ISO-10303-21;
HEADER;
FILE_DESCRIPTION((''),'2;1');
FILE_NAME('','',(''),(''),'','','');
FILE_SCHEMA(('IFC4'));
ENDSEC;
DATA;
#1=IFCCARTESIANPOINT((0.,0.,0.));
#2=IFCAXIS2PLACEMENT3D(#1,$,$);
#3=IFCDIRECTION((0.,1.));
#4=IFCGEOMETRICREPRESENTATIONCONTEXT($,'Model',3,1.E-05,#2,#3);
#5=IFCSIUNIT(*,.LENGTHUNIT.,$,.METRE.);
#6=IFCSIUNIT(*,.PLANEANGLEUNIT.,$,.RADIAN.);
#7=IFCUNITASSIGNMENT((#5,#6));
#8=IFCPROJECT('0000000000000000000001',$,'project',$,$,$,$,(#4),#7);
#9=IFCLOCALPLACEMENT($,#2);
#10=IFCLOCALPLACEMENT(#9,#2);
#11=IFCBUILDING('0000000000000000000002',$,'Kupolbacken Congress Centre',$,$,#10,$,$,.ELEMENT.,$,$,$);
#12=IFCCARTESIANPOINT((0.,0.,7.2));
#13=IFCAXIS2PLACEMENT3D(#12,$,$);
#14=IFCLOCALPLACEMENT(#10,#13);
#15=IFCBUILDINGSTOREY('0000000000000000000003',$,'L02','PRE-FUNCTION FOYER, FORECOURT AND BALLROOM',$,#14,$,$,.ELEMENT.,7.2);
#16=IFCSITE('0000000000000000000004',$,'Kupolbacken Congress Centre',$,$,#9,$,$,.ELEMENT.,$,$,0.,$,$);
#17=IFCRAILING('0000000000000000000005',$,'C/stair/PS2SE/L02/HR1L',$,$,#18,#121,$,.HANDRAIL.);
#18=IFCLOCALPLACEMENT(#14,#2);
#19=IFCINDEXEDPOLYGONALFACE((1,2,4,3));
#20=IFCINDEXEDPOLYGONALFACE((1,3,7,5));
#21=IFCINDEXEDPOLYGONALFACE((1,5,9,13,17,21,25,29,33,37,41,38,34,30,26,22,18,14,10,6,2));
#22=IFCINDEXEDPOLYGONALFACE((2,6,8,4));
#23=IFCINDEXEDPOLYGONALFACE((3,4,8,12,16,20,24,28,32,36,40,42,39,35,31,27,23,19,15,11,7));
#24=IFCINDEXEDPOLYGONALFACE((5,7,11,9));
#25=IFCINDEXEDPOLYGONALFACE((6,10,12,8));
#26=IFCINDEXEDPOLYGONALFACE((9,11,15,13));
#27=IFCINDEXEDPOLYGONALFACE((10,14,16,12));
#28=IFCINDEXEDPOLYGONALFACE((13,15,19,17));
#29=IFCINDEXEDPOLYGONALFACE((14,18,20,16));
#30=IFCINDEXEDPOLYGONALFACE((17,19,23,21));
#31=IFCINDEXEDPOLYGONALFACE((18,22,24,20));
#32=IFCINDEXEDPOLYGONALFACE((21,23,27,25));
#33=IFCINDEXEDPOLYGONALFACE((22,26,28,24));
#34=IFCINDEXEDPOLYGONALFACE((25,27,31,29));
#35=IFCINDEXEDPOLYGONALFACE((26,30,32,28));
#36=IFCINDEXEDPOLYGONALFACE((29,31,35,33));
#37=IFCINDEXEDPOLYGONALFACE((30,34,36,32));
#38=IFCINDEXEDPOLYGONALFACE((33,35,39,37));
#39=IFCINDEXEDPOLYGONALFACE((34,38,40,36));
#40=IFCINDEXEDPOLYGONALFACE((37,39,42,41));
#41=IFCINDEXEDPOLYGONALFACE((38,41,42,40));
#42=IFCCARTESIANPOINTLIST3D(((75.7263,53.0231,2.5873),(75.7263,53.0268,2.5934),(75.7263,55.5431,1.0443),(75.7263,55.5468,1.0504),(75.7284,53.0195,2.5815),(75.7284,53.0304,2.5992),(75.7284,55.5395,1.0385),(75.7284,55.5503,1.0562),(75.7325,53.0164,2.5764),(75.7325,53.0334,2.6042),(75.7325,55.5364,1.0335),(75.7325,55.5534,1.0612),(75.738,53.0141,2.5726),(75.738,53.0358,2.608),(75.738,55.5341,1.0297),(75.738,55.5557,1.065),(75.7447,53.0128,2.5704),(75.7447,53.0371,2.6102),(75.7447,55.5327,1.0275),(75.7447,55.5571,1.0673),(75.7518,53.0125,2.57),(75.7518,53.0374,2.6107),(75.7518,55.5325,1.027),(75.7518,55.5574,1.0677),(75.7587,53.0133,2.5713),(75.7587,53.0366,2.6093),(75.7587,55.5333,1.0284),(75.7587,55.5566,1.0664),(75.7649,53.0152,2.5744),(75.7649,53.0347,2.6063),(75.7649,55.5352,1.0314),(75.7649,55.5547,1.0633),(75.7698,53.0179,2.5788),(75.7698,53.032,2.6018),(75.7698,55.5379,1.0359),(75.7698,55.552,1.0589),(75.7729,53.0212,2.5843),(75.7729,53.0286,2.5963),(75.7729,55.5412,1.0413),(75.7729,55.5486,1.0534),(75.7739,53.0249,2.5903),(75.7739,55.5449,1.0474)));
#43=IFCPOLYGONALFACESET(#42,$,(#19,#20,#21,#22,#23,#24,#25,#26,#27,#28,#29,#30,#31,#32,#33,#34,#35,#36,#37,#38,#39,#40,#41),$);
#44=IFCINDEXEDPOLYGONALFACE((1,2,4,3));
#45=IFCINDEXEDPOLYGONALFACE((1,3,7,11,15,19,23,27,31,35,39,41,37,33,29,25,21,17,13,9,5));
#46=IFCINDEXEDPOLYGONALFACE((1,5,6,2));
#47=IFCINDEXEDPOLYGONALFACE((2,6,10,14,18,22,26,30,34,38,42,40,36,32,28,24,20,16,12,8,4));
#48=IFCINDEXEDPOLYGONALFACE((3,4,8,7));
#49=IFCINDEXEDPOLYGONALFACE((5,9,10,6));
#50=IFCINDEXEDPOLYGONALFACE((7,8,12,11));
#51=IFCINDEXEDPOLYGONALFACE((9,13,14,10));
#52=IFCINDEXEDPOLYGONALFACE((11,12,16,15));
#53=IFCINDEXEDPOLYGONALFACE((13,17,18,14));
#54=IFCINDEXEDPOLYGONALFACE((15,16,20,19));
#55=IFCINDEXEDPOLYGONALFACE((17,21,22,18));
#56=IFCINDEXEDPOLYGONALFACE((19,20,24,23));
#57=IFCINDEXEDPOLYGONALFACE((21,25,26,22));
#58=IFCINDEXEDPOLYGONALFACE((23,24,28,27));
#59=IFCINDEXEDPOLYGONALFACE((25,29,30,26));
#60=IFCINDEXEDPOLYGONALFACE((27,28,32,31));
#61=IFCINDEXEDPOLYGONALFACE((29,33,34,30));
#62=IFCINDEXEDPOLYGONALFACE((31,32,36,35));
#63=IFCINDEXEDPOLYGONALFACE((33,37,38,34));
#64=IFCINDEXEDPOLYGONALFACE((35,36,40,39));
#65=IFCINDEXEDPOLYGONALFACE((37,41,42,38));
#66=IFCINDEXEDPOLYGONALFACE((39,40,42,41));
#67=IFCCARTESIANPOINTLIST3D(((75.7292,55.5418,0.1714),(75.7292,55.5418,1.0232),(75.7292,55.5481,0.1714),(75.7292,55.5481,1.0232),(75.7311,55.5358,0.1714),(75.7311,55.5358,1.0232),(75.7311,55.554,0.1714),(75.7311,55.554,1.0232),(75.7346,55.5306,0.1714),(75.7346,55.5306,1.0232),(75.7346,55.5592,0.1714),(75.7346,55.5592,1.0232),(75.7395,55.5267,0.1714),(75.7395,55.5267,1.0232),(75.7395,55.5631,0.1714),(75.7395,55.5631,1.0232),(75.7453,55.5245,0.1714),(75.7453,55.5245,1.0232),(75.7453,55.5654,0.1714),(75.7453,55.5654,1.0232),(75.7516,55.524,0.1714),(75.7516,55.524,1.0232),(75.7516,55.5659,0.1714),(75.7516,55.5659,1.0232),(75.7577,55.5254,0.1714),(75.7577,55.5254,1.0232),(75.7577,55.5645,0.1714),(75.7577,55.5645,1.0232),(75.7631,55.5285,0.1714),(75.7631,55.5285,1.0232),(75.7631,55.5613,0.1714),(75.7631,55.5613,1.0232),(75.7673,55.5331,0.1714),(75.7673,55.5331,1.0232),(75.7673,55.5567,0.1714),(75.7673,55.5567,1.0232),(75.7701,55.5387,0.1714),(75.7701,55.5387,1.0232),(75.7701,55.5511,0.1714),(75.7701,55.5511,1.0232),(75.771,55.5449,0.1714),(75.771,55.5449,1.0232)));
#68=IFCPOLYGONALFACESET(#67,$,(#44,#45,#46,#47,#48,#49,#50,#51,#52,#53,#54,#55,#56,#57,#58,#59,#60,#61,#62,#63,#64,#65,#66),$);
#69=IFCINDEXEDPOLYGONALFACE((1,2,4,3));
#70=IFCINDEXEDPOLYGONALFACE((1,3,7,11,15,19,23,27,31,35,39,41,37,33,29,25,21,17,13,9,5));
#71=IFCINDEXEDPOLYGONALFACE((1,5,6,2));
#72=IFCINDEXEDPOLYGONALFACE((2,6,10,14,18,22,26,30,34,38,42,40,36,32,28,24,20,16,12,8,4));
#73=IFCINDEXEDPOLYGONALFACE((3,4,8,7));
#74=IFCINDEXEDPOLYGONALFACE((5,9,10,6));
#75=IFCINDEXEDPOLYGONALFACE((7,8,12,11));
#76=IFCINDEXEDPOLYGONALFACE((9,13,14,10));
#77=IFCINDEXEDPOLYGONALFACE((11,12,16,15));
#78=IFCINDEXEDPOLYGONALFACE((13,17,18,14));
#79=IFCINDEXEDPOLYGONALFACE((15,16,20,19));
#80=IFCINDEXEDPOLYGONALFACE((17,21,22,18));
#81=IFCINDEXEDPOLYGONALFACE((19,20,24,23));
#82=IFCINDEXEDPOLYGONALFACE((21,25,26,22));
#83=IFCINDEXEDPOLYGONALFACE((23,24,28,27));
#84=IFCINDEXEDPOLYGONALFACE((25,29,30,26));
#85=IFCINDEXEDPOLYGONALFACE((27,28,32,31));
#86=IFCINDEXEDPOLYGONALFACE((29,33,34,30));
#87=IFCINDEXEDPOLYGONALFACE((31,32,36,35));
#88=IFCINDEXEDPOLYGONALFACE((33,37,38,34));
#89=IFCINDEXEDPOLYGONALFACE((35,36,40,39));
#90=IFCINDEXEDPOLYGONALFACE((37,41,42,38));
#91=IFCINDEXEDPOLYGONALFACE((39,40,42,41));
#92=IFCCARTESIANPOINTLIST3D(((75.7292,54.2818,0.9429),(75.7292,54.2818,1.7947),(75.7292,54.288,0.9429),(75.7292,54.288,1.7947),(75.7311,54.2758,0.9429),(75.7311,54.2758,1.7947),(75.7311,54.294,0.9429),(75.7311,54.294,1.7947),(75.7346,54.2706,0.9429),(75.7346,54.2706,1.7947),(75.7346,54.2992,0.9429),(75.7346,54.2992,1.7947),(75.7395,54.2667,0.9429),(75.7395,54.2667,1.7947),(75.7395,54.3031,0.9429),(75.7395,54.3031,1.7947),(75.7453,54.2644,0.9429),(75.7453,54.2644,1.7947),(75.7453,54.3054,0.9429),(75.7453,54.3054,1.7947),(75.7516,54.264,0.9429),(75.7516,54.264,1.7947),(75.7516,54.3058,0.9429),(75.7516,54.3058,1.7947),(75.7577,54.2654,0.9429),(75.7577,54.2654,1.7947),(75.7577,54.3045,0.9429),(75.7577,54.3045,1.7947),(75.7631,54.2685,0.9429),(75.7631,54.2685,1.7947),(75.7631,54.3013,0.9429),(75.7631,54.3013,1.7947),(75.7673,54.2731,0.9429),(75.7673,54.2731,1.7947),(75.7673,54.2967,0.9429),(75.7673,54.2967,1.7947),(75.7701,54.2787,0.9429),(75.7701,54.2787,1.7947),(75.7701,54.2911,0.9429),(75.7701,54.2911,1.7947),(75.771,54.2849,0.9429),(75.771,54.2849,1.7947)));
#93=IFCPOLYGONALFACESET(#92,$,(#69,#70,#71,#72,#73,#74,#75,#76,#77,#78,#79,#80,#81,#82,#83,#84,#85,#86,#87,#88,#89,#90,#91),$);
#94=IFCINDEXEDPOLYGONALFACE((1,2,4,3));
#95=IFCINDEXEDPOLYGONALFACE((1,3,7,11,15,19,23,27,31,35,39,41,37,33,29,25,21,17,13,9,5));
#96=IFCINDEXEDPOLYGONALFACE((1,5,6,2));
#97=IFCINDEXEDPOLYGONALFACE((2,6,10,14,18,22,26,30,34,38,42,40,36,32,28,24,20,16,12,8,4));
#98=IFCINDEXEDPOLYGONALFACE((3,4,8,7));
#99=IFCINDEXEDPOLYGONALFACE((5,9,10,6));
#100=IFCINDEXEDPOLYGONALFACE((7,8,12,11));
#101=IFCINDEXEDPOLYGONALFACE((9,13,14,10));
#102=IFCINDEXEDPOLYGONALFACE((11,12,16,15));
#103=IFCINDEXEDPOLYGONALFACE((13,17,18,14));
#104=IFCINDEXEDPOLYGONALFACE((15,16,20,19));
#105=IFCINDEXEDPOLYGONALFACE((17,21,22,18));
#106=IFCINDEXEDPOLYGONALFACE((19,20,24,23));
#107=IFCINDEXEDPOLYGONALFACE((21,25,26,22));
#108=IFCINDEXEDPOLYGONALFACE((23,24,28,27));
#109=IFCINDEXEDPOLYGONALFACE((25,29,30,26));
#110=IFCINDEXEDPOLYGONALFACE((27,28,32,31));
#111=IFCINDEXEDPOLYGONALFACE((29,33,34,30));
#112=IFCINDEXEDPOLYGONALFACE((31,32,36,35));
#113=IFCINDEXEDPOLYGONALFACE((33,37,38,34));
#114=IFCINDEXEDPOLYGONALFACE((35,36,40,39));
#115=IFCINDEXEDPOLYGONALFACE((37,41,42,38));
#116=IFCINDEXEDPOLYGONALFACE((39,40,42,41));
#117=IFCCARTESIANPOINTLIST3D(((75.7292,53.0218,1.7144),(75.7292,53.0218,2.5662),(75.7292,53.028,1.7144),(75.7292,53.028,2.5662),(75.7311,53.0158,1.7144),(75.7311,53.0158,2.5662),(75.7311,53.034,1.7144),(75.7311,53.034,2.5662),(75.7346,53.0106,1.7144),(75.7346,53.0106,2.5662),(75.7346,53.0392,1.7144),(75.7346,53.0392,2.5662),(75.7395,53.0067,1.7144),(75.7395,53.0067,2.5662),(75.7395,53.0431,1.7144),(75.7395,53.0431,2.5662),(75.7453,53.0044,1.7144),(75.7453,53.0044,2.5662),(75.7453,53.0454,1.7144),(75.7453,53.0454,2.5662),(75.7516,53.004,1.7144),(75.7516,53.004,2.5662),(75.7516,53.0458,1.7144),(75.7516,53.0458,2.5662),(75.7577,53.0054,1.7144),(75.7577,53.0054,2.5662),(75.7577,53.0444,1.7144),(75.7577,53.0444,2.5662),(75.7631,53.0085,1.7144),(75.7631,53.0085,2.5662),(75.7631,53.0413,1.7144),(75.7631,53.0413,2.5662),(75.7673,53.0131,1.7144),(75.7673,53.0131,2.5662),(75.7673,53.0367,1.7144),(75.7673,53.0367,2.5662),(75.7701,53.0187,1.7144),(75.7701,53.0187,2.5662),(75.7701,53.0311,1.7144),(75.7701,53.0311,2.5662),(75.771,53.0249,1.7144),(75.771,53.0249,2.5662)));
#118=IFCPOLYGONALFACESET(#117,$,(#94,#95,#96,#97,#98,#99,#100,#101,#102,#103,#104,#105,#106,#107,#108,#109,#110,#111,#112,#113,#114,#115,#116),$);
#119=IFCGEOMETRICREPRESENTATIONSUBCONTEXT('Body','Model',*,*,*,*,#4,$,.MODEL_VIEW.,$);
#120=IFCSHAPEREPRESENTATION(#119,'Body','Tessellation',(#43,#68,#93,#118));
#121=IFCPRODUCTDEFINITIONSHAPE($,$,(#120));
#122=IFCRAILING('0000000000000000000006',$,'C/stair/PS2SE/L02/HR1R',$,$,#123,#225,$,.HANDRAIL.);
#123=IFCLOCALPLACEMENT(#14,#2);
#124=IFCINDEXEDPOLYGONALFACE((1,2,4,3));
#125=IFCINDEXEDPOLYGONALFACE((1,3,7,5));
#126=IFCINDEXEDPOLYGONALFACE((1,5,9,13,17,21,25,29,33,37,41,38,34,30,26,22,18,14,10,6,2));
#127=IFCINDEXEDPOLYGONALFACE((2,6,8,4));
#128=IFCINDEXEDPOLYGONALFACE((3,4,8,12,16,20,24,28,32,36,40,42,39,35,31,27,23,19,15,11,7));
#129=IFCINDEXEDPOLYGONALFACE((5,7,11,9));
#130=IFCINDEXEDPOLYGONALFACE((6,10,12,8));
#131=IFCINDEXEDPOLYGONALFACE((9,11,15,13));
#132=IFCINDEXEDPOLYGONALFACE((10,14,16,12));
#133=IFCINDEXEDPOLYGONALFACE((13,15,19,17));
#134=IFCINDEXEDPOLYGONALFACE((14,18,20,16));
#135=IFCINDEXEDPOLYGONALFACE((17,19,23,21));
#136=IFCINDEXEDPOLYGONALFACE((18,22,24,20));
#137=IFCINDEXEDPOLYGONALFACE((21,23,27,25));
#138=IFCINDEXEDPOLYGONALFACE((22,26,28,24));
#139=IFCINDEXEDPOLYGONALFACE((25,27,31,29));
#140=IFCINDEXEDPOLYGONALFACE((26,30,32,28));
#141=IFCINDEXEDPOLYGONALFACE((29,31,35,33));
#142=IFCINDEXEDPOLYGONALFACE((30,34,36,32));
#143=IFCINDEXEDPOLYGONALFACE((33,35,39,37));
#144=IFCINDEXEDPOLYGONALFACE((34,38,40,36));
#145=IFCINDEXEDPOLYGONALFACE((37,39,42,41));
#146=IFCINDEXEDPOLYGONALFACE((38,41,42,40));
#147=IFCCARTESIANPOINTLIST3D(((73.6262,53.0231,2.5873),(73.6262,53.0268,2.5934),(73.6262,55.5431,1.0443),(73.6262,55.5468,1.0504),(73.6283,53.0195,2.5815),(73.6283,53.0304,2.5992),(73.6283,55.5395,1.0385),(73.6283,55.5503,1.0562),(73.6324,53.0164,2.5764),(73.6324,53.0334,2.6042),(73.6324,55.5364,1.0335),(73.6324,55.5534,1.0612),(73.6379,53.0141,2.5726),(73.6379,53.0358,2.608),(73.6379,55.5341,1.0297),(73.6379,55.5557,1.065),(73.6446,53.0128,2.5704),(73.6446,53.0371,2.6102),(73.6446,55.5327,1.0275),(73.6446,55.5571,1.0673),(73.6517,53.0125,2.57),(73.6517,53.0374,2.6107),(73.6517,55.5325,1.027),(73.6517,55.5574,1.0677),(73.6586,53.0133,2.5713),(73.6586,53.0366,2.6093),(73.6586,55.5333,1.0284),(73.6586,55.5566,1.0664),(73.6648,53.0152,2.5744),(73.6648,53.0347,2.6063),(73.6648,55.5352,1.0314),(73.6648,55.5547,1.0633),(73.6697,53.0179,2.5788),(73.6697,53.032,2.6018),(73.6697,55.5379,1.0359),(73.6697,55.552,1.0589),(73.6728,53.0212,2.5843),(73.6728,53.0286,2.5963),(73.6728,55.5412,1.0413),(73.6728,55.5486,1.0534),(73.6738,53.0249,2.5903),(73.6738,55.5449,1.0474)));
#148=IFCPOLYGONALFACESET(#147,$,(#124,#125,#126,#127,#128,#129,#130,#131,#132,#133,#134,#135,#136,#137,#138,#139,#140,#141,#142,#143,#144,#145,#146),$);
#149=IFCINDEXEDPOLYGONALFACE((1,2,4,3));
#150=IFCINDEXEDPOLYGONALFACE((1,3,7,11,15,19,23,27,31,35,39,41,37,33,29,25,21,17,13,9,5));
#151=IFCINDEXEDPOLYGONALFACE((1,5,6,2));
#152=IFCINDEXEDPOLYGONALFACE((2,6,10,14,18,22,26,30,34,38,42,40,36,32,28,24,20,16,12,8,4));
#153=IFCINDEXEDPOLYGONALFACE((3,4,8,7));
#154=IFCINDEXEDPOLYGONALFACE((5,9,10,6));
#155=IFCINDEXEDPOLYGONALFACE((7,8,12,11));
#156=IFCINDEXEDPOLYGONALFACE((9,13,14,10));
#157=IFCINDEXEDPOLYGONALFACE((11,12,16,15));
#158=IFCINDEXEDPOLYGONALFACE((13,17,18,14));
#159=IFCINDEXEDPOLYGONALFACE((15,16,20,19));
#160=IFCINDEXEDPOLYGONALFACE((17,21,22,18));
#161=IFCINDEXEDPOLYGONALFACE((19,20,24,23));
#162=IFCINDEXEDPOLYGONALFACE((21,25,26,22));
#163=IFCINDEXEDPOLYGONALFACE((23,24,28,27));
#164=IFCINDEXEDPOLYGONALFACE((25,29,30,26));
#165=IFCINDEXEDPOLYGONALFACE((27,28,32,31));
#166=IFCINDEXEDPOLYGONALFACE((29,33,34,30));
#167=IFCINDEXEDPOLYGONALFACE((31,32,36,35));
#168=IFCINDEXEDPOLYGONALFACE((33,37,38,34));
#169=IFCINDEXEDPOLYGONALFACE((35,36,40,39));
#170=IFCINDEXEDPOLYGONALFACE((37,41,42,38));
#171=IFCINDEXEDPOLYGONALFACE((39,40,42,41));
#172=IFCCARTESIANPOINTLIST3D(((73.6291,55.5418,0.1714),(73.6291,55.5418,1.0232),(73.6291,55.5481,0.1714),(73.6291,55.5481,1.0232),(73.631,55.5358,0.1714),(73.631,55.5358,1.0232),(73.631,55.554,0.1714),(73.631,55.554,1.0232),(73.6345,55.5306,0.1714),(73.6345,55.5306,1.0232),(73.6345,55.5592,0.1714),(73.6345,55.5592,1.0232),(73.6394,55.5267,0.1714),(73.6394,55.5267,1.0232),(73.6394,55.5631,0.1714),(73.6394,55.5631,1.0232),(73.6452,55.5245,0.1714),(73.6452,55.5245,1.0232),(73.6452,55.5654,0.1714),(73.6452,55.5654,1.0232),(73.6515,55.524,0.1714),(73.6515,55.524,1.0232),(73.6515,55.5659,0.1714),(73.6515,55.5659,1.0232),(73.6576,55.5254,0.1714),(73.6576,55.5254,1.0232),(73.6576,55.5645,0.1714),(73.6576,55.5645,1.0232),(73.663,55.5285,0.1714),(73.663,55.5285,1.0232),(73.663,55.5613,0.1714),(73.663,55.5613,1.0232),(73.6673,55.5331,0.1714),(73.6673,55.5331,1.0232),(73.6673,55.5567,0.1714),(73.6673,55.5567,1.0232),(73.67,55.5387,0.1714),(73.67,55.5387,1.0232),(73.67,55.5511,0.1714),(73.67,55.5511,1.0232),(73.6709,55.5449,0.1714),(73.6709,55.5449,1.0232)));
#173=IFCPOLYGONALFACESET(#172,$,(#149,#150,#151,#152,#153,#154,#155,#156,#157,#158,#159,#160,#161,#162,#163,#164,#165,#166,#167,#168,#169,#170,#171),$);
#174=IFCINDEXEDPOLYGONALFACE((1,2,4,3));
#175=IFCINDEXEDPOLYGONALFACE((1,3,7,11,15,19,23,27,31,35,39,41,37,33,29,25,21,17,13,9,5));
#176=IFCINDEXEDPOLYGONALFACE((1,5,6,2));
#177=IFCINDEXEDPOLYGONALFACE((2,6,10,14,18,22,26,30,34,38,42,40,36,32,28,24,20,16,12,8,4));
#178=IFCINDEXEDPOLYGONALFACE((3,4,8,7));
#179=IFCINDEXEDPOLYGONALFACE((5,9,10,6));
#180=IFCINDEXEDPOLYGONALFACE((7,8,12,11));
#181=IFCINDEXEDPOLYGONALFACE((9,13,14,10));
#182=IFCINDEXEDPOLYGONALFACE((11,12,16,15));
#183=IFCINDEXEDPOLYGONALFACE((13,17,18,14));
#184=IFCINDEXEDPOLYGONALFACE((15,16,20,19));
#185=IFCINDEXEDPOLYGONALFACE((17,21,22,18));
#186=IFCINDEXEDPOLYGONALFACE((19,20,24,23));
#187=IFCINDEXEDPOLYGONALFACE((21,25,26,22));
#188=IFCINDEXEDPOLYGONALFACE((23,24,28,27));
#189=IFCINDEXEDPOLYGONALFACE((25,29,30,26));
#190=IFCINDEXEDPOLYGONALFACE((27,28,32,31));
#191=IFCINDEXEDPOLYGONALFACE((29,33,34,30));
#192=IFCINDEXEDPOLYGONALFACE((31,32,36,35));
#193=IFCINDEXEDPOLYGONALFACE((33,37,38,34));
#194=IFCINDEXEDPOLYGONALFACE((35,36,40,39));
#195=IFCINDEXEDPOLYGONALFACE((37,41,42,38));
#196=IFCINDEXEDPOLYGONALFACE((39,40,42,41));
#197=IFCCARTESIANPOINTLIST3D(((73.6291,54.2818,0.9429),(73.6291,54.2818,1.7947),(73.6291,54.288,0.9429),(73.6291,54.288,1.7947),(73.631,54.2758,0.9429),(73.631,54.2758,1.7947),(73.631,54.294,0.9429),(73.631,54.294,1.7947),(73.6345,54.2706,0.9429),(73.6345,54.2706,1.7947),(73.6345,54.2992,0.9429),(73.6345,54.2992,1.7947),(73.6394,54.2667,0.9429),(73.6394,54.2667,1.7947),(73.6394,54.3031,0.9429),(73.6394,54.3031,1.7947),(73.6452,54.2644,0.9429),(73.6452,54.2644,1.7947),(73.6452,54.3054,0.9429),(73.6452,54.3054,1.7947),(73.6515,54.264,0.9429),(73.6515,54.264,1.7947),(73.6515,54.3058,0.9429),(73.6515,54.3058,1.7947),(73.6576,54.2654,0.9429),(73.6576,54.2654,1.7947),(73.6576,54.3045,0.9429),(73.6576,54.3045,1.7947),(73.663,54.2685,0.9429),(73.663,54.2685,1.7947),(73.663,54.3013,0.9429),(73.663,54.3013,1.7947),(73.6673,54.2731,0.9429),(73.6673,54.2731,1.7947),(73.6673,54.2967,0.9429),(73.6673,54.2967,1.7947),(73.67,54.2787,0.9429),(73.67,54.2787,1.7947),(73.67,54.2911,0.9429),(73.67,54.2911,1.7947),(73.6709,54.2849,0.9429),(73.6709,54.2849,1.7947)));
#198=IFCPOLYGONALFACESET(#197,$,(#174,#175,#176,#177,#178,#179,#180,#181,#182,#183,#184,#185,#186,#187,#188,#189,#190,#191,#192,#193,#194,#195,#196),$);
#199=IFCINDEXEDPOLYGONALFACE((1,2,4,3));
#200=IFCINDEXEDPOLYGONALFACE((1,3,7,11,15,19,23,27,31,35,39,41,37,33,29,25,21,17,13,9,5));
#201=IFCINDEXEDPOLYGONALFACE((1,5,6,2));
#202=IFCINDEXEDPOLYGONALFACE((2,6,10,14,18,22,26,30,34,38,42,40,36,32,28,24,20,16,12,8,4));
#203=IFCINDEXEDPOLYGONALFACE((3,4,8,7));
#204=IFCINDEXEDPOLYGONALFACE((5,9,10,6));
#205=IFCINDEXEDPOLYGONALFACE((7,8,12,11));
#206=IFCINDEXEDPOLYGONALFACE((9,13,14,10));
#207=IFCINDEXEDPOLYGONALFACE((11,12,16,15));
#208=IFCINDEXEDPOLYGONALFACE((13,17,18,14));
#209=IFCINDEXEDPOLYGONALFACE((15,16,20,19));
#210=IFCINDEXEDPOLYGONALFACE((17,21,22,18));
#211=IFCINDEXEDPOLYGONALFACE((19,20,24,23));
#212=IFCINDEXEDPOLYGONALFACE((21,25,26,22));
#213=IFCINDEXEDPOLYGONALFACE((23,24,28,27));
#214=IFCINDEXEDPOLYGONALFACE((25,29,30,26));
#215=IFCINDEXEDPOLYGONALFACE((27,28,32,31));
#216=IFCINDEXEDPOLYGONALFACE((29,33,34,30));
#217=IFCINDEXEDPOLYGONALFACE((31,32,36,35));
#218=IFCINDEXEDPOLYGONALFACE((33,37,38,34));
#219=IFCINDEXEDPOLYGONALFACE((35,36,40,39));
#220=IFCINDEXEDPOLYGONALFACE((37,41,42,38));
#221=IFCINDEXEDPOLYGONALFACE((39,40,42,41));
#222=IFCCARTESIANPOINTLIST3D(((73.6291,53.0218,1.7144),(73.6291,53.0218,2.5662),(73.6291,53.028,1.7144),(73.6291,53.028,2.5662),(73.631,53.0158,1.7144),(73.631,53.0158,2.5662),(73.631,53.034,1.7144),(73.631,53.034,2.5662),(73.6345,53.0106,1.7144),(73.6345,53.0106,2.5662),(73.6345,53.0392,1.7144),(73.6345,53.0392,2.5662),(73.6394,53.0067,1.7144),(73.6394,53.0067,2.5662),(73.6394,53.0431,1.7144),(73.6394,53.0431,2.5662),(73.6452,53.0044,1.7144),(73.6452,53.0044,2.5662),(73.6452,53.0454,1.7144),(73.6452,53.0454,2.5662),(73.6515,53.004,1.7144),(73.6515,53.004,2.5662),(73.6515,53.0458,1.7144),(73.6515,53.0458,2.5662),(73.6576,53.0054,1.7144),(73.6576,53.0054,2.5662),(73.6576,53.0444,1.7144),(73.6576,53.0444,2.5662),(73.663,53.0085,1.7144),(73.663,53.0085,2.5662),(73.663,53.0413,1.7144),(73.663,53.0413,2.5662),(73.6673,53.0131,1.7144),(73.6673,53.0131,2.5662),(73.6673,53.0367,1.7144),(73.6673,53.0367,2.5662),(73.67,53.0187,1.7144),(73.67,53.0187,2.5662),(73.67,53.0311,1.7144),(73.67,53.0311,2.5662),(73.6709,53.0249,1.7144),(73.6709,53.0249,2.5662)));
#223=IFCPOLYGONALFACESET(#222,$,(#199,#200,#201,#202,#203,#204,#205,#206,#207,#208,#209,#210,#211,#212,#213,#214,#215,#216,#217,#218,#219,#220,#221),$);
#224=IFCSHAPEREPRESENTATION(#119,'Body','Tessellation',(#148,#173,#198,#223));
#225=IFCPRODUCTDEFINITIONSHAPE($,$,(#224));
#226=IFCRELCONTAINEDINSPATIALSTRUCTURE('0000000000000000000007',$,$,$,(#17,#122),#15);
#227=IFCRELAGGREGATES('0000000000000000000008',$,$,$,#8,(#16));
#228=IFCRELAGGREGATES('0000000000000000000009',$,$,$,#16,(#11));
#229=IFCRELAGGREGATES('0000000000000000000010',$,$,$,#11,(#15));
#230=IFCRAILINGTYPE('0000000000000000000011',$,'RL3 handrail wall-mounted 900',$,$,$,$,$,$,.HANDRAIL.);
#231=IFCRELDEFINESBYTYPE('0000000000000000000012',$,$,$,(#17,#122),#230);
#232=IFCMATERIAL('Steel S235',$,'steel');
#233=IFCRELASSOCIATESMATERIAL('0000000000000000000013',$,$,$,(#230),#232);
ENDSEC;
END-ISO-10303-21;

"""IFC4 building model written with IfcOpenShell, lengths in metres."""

from ifc_helpers import new_model, si_unit, direction, frame, origin, origin_2d, place, context, subcontext, project, spatial, circle, extrude, material, type_object, element, save


model = new_model("IFC4")

# Units and contexts
model_context = context("Model", 3, precision=1e-05, world=origin(), true_north=direction((0.0, 1.0)))
body_context = subcontext(model_context, "Body", "Model", "MODEL_VIEW")
ifc_project = project(units=[si_unit("LENGTHUNIT", "METRE"), si_unit("PLANEANGLEUNIT", "RADIAN")], contexts=[model_context])

# Site, building, storey
site_placement = place(None, origin())
site = spatial("IfcSite", under=ifc_project, at=site_placement, Name="Kupolbacken Congress Centre", CompositionType="ELEMENT", RefElevation=0.0)
building_placement = place(site_placement, origin())
building = spatial("IfcBuilding", under=site, at=building_placement, Name="Kupolbacken Congress Centre", CompositionType="ELEMENT")
storey_placement = place(building_placement, frame((0.0, 0.0, 7.2)))
storey = spatial("IfcBuildingStorey", under=building, at=storey_placement, Name="L02", Description="PRE-FUNCTION FOYER, FORECOURT AND BALLROOM", CompositionType="ELEMENT", Elevation=7.2)

# Railings
ifc_material_1 = material(Name="Steel S235", Category="steel")
railing_type = type_object("IfcRailingType", Name="RL3 handrail wall-mounted 900", PredefinedType="HANDRAIL", material=ifc_material_1)
for number, where, name in (
    (1, (75.75, 55.5449, 0.1714), "C/stair/PS2SE/L02/HR1L"),
    (2, (73.6499, 55.5449, 0.1714), "C/stair/PS2SE/L02/HR1R"),
):
    element("IfcRailing", number, at=place(storey_placement, frame(where)), inside=storey, type_object=railing_type, Name=name, PredefinedType="HANDRAIL", context=body_context, shape_type="SweptSolid", body=[
        extrude(circle(Radius=0.0239, at=origin_2d()), frame((0.0, 0.0, 0.876), z_axis=(0.0, -0.852836, 0.522178), x_axis=(1.0, 0.0, 0.0)), (0.0, 0.0, 1.0), 2.9548),
        extrude(circle(Radius=0.021, at=origin_2d()), origin(), (0.0, 0.0, 1.0), 0.8518),
        extrude(circle(Radius=0.021, at=origin_2d()), frame((0.0, -1.26, 0.7715)), (0.0, 0.0, 1.0), 0.8518),
        extrude(circle(Radius=0.021, at=origin_2d()), frame((0.0, -2.52, 1.543)), (0.0, 0.0, 1.0), 0.8518),
    ])

save(model, "model.ifc")
